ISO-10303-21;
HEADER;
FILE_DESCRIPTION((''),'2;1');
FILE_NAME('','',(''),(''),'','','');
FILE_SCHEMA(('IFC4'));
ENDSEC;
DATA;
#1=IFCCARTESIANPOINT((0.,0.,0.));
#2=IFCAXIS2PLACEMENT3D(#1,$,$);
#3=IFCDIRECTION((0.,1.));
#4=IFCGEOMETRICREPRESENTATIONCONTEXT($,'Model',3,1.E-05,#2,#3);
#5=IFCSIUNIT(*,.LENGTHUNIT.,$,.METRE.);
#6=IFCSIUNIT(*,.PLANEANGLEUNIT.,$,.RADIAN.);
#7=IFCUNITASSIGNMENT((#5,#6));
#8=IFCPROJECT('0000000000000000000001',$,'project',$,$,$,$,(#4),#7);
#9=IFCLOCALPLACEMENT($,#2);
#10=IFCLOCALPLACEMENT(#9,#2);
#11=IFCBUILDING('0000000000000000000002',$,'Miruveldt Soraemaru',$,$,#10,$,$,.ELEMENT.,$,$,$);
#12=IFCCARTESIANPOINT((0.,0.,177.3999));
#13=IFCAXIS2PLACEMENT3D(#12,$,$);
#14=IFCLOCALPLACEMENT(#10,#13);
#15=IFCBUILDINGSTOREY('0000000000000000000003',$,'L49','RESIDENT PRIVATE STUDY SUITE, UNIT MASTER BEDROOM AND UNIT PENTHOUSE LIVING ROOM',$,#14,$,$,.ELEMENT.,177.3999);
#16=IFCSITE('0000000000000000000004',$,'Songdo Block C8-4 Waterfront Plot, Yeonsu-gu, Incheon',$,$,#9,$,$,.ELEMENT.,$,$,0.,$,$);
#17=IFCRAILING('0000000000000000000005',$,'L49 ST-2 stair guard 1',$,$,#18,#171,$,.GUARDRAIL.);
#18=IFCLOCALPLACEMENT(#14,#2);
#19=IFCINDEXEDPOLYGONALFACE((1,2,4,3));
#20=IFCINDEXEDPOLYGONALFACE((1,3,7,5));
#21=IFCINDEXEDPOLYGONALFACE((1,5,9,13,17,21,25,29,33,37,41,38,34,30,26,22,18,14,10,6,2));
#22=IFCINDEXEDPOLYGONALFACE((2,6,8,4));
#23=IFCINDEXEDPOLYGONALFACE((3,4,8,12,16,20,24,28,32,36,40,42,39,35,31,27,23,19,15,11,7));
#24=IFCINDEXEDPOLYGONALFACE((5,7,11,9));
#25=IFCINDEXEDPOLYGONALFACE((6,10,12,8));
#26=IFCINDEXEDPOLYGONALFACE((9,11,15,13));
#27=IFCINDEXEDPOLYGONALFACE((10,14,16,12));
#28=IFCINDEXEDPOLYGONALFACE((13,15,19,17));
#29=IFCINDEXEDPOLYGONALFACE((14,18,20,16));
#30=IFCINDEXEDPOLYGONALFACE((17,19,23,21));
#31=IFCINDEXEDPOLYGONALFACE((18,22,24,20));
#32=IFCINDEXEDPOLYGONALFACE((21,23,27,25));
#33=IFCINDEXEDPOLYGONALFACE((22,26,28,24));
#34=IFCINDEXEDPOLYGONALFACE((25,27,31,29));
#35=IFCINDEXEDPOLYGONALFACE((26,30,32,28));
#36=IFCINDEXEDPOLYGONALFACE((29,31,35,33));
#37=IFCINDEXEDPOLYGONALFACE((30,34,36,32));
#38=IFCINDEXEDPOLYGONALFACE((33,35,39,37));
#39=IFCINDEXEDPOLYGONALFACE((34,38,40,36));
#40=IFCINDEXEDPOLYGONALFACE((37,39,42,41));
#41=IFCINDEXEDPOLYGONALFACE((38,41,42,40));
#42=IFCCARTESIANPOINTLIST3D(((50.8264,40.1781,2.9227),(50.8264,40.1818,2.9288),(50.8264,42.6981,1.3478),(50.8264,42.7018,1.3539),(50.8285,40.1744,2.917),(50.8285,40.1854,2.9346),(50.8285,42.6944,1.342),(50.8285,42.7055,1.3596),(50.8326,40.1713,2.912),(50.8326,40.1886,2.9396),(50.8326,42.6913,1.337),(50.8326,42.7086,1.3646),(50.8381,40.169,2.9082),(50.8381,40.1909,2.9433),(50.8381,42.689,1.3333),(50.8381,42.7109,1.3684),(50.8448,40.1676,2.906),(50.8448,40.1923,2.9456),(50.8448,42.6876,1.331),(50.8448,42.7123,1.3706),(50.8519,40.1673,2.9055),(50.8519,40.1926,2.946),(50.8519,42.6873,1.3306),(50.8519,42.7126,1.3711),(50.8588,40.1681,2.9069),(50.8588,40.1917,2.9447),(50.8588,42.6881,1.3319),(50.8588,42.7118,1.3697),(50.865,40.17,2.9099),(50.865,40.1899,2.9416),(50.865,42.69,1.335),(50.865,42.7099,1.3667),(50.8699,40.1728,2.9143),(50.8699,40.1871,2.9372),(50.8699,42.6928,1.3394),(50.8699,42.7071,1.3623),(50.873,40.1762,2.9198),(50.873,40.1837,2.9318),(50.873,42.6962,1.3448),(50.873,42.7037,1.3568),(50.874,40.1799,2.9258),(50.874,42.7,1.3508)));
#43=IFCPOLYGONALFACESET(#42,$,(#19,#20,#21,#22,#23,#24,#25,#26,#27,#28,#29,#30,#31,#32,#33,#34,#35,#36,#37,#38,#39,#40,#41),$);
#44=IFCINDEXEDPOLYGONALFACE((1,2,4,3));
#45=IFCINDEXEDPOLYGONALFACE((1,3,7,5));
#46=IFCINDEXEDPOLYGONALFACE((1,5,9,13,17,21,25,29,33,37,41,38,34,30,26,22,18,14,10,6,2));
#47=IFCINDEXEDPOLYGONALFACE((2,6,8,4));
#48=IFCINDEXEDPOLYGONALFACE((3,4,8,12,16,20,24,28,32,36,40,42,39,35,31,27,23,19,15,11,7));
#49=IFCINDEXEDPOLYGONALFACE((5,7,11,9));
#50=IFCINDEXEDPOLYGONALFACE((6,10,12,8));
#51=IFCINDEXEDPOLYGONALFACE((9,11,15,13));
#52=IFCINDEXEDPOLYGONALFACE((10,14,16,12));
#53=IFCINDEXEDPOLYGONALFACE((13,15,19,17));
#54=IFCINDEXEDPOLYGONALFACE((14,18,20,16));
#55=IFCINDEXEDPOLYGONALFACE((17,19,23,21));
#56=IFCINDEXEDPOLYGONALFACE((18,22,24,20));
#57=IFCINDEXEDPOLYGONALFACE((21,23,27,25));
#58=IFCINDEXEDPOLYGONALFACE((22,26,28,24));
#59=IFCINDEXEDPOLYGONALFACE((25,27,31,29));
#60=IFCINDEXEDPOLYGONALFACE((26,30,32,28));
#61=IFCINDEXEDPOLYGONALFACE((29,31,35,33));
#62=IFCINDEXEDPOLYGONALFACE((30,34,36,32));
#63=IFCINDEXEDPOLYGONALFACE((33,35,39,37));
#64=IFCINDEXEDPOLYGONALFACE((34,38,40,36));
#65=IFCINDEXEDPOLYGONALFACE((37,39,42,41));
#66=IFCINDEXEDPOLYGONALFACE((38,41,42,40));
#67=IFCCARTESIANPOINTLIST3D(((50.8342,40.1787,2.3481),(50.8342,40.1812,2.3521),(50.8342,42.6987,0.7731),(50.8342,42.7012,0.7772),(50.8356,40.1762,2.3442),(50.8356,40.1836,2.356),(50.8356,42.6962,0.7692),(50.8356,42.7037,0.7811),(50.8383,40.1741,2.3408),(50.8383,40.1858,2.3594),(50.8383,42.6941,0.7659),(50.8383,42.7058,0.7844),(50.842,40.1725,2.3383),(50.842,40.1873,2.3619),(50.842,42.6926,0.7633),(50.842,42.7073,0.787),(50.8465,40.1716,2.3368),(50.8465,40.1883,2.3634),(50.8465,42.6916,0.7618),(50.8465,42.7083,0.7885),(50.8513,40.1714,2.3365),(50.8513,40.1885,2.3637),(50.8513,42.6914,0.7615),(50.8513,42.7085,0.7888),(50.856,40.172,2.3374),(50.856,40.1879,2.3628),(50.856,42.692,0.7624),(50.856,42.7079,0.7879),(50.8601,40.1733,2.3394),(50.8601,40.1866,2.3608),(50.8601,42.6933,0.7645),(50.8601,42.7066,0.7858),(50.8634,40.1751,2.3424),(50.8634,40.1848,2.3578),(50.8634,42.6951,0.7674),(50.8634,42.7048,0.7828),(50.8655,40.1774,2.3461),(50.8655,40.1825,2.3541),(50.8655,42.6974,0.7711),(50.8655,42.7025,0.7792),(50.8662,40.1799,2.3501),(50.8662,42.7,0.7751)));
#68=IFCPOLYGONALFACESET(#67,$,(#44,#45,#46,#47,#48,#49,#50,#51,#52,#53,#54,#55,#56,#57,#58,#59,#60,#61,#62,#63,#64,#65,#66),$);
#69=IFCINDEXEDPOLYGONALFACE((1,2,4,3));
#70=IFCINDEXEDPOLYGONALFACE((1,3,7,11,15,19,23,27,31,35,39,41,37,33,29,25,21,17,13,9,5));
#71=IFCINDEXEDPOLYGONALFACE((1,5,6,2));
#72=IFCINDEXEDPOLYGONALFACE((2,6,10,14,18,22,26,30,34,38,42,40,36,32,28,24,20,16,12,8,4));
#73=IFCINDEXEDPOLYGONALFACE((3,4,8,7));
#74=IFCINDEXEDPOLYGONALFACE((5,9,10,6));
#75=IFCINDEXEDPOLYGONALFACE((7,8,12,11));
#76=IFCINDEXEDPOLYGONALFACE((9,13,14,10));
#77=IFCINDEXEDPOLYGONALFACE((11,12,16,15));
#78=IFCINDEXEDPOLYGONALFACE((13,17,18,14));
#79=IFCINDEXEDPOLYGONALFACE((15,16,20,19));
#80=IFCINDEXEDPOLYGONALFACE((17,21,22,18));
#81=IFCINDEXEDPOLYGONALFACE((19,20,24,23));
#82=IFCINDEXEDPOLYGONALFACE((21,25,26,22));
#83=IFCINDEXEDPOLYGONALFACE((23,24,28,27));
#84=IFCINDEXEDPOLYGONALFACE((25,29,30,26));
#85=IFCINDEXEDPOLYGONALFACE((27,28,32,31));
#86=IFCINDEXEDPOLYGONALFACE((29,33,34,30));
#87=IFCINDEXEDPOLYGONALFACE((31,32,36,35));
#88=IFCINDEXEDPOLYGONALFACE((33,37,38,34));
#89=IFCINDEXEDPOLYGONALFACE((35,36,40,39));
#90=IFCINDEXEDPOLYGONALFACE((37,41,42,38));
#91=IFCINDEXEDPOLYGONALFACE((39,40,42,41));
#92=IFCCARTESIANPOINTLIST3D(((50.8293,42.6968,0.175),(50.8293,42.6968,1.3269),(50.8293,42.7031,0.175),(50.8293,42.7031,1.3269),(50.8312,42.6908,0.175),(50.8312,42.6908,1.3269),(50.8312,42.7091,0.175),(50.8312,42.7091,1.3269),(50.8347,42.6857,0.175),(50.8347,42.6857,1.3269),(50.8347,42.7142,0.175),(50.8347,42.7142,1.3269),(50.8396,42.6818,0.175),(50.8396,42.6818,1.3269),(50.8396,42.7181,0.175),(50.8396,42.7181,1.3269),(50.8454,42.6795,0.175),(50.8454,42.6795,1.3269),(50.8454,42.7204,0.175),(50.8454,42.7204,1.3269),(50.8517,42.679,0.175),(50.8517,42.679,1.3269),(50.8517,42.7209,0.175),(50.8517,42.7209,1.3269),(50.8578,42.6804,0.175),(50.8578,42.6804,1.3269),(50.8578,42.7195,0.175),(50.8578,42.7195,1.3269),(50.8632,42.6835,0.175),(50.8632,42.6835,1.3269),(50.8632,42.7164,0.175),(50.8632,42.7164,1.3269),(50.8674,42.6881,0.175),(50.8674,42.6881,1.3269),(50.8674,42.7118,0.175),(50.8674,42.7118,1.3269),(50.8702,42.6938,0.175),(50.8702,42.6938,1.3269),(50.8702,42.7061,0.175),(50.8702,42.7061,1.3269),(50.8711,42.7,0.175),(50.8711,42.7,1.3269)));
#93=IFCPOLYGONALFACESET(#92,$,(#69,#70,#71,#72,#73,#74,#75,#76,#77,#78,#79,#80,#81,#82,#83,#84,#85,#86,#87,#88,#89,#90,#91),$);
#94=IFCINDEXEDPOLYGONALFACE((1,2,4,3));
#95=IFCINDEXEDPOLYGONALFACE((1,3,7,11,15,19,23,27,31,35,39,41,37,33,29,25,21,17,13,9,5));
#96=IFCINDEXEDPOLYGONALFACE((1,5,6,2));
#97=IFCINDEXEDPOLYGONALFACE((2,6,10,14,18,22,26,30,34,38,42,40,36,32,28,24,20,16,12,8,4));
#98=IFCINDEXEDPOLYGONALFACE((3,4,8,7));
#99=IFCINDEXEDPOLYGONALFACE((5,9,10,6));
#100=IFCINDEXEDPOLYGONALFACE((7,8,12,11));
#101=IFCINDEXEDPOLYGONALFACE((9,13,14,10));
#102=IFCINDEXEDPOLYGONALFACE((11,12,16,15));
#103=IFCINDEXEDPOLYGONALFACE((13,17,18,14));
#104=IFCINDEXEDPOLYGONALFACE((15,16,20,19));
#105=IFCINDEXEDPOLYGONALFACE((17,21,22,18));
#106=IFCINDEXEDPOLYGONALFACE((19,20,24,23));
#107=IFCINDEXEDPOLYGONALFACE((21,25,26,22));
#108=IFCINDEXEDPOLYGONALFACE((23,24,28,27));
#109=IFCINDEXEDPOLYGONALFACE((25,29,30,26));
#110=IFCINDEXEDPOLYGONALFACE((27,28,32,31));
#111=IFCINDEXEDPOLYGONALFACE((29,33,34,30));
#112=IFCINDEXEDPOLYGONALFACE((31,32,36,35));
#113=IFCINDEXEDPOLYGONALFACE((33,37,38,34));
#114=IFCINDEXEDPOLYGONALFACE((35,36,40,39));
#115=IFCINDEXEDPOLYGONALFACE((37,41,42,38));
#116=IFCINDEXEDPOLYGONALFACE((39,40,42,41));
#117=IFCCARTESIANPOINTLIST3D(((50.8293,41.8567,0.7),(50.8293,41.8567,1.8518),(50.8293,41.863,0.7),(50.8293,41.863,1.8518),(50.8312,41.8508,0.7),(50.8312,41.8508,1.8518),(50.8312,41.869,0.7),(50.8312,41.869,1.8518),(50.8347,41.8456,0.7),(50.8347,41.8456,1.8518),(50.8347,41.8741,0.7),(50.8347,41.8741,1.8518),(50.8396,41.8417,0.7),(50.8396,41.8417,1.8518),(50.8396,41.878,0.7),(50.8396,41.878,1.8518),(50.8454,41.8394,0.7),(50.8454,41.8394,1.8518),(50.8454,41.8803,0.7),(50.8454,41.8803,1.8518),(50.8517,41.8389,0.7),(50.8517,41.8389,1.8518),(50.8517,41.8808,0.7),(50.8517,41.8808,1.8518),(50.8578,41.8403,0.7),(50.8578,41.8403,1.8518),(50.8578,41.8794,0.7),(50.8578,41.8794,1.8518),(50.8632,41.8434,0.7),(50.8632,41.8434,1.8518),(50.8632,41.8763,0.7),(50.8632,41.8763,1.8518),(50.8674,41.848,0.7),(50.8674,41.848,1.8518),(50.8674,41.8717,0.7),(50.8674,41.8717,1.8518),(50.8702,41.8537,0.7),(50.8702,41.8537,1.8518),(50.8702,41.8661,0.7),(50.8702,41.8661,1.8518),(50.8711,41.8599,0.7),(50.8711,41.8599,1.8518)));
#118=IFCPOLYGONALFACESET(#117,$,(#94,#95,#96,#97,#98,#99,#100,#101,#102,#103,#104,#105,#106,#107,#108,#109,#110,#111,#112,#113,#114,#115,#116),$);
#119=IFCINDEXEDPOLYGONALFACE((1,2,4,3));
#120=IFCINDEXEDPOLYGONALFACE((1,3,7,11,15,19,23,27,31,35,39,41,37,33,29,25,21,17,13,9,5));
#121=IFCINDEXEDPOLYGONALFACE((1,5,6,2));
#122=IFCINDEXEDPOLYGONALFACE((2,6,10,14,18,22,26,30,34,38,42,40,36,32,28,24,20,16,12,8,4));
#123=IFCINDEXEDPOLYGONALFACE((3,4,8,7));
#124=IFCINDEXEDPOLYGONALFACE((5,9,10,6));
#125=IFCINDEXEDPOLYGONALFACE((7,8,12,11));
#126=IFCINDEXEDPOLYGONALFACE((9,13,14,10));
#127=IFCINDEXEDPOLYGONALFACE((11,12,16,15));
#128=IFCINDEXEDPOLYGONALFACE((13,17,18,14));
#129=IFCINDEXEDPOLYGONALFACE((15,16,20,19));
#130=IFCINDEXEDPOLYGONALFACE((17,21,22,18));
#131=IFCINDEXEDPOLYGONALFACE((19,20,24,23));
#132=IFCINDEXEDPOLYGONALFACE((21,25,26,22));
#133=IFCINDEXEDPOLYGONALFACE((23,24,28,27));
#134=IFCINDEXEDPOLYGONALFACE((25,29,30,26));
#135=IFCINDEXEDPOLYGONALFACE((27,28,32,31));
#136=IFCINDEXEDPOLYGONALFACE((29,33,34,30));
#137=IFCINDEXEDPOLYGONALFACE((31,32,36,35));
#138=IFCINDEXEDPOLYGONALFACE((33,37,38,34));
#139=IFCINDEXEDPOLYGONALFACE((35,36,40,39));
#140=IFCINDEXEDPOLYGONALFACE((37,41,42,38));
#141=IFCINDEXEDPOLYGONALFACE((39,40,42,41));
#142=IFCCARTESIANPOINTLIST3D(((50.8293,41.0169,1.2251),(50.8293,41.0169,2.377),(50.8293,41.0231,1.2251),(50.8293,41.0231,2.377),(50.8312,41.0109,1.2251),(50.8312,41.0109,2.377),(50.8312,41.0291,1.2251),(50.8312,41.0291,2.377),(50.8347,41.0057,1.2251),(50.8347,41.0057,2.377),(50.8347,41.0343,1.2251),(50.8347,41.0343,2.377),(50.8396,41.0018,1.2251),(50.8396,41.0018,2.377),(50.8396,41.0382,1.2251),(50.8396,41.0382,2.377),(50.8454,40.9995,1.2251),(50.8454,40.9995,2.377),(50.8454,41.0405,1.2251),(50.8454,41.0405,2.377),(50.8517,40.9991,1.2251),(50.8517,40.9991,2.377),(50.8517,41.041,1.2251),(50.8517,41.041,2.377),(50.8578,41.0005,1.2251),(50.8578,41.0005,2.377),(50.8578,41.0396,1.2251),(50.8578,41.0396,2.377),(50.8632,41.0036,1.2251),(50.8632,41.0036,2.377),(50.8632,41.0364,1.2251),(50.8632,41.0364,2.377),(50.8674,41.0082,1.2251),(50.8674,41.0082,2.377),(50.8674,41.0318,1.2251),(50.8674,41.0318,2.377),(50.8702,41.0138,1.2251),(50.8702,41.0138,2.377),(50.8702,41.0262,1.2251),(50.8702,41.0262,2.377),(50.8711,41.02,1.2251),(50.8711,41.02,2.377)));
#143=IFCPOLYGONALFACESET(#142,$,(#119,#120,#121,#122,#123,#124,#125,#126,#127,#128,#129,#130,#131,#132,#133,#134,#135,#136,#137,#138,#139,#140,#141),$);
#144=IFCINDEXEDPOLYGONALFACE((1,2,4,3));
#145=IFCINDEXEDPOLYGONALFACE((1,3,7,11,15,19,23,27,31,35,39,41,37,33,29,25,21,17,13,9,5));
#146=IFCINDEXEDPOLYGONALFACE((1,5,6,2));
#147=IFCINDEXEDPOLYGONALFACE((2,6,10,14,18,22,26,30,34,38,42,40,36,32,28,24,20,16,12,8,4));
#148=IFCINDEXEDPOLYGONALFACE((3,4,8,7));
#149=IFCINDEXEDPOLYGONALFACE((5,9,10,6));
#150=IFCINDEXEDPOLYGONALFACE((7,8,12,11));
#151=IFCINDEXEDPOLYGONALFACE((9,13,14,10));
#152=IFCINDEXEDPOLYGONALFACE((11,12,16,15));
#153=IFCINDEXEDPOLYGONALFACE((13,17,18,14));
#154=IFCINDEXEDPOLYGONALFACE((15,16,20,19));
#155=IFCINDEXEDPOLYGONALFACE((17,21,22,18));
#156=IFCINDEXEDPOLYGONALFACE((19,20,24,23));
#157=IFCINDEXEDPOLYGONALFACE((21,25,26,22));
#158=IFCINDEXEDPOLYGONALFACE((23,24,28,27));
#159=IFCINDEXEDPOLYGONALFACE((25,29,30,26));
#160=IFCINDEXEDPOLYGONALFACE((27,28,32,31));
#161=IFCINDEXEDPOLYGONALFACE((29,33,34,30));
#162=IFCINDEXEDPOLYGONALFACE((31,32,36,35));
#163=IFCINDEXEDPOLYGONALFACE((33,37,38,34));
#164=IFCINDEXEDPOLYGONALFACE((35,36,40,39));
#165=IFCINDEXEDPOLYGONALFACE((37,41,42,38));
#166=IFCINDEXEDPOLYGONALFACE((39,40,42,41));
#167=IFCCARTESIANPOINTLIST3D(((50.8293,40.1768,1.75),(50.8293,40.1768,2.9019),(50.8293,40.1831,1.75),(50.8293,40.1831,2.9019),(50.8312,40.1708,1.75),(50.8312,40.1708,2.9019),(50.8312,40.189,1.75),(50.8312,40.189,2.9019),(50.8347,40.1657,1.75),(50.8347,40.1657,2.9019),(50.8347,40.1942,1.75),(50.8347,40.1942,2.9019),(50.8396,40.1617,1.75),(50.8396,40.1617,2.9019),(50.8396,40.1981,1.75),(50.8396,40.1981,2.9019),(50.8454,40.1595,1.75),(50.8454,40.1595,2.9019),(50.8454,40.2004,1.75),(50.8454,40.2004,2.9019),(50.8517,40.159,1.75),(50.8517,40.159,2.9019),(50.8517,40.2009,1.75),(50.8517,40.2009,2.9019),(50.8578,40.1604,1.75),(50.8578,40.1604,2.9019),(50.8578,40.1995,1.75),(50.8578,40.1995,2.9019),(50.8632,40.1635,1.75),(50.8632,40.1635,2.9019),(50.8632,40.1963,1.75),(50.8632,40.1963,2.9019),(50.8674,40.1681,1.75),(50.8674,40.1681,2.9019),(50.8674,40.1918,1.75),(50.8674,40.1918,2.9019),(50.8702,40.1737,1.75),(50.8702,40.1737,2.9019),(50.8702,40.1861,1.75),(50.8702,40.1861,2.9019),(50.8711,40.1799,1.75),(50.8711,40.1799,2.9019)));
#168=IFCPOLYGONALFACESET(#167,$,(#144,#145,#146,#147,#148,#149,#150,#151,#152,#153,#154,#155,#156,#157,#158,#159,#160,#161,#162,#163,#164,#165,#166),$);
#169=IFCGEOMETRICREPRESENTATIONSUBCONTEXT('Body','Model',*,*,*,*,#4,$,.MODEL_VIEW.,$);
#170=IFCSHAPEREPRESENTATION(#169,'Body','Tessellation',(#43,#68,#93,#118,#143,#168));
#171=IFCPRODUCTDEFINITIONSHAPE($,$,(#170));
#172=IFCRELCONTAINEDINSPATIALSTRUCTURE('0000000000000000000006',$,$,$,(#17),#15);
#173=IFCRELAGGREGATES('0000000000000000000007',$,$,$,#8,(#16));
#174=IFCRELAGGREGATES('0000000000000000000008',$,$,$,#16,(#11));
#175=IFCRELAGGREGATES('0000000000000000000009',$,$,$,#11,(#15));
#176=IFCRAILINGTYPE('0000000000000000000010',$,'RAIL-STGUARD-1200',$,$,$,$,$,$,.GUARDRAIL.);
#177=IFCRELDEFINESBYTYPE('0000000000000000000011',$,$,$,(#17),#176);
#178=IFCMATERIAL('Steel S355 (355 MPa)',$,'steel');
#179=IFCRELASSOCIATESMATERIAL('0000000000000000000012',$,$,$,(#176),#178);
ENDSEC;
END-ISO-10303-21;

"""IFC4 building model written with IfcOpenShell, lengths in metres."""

from ifc_helpers import new_model, si_unit, direction, frame, origin, origin_2d, place, context, subcontext, project, spatial, circle, extrude, material, type_object, element, save


model = new_model("IFC4")

# Units and contexts
model_context = context("Model", 3, precision=1e-05, world=origin(), true_north=direction((0.0, 1.0)))
body_context = subcontext(model_context, "Body", "Model", "MODEL_VIEW")
ifc_project = project(units=[si_unit("LENGTHUNIT", "METRE"), si_unit("PLANEANGLEUNIT", "RADIAN")], contexts=[model_context])

# Site, building, storey
site_placement = place(None, origin())
site = spatial("IfcSite", under=ifc_project, at=site_placement, Name="Songdo Block C8-4 Waterfront Plot, Yeonsu-gu, Incheon", CompositionType="ELEMENT", RefElevation=0.0)
building_placement = place(site_placement, origin())
building = spatial("IfcBuilding", under=site, at=building_placement, Name="Miruveldt Soraemaru", CompositionType="ELEMENT")
storey_placement = place(building_placement, frame((0.0, 0.0, 177.3999)))
storey = spatial("IfcBuildingStorey", under=building, at=storey_placement, Name="L49", Description="RESIDENT PRIVATE STUDY SUITE, UNIT MASTER BEDROOM AND UNIT PENTHOUSE LIVING ROOM", CompositionType="ELEMENT", Elevation=177.3999)

# Railing
ifc_material_1 = material(Name="Steel S355 (355 MPa)", Category="steel")
railing_type_1 = type_object("IfcRailingType", Name="RAIL-STGUARD-1200", PredefinedType="GUARDRAIL", material=ifc_material_1)
railing_1_placement = place(storey_placement, frame((50.8501, 42.7, 0.175)))
element("IfcRailing", 1, at=railing_1_placement, inside=storey, type_object=railing_type_1, Name="L49 ST-2 stair guard 1", PredefinedType="GUARDRAIL", context=body_context, shape_type="SweptSolid", body=[
    extrude(circle(Radius=0.0239, at=origin_2d()), frame((0.0, 0.0, 1.1758), z_axis=(0.0, -0.848008, 0.529984), x_axis=(1.0, 0.0, 0.0)), (0.0, 0.0, 1.0), 2.9717),
    extrude(circle(Radius=0.0161, at=origin_2d()), frame((0.0, 0.0, 0.6001), z_axis=(0.0, -0.848008, 0.529984), x_axis=(1.0, 0.0, 0.0)), (0.0, 0.0, 1.0), 2.9717),
    extrude(circle(Radius=0.021, at=origin_2d()), origin(), (0.0, 0.0, 1.0), 1.1519),
    extrude(circle(Radius=0.021, at=origin_2d()), frame((0.0, -0.8401, 0.5249)), (0.0, 0.0, 1.0), 1.1519),
    extrude(circle(Radius=0.021, at=origin_2d()), frame((0.0, -1.6799, 1.05)), (0.0, 0.0, 1.0), 1.1519),
    extrude(circle(Radius=0.021, at=origin_2d()), frame((0.0, -2.52, 1.575)), (0.0, 0.0, 1.0), 1.1519),
])

save(model, "model.ifc")
